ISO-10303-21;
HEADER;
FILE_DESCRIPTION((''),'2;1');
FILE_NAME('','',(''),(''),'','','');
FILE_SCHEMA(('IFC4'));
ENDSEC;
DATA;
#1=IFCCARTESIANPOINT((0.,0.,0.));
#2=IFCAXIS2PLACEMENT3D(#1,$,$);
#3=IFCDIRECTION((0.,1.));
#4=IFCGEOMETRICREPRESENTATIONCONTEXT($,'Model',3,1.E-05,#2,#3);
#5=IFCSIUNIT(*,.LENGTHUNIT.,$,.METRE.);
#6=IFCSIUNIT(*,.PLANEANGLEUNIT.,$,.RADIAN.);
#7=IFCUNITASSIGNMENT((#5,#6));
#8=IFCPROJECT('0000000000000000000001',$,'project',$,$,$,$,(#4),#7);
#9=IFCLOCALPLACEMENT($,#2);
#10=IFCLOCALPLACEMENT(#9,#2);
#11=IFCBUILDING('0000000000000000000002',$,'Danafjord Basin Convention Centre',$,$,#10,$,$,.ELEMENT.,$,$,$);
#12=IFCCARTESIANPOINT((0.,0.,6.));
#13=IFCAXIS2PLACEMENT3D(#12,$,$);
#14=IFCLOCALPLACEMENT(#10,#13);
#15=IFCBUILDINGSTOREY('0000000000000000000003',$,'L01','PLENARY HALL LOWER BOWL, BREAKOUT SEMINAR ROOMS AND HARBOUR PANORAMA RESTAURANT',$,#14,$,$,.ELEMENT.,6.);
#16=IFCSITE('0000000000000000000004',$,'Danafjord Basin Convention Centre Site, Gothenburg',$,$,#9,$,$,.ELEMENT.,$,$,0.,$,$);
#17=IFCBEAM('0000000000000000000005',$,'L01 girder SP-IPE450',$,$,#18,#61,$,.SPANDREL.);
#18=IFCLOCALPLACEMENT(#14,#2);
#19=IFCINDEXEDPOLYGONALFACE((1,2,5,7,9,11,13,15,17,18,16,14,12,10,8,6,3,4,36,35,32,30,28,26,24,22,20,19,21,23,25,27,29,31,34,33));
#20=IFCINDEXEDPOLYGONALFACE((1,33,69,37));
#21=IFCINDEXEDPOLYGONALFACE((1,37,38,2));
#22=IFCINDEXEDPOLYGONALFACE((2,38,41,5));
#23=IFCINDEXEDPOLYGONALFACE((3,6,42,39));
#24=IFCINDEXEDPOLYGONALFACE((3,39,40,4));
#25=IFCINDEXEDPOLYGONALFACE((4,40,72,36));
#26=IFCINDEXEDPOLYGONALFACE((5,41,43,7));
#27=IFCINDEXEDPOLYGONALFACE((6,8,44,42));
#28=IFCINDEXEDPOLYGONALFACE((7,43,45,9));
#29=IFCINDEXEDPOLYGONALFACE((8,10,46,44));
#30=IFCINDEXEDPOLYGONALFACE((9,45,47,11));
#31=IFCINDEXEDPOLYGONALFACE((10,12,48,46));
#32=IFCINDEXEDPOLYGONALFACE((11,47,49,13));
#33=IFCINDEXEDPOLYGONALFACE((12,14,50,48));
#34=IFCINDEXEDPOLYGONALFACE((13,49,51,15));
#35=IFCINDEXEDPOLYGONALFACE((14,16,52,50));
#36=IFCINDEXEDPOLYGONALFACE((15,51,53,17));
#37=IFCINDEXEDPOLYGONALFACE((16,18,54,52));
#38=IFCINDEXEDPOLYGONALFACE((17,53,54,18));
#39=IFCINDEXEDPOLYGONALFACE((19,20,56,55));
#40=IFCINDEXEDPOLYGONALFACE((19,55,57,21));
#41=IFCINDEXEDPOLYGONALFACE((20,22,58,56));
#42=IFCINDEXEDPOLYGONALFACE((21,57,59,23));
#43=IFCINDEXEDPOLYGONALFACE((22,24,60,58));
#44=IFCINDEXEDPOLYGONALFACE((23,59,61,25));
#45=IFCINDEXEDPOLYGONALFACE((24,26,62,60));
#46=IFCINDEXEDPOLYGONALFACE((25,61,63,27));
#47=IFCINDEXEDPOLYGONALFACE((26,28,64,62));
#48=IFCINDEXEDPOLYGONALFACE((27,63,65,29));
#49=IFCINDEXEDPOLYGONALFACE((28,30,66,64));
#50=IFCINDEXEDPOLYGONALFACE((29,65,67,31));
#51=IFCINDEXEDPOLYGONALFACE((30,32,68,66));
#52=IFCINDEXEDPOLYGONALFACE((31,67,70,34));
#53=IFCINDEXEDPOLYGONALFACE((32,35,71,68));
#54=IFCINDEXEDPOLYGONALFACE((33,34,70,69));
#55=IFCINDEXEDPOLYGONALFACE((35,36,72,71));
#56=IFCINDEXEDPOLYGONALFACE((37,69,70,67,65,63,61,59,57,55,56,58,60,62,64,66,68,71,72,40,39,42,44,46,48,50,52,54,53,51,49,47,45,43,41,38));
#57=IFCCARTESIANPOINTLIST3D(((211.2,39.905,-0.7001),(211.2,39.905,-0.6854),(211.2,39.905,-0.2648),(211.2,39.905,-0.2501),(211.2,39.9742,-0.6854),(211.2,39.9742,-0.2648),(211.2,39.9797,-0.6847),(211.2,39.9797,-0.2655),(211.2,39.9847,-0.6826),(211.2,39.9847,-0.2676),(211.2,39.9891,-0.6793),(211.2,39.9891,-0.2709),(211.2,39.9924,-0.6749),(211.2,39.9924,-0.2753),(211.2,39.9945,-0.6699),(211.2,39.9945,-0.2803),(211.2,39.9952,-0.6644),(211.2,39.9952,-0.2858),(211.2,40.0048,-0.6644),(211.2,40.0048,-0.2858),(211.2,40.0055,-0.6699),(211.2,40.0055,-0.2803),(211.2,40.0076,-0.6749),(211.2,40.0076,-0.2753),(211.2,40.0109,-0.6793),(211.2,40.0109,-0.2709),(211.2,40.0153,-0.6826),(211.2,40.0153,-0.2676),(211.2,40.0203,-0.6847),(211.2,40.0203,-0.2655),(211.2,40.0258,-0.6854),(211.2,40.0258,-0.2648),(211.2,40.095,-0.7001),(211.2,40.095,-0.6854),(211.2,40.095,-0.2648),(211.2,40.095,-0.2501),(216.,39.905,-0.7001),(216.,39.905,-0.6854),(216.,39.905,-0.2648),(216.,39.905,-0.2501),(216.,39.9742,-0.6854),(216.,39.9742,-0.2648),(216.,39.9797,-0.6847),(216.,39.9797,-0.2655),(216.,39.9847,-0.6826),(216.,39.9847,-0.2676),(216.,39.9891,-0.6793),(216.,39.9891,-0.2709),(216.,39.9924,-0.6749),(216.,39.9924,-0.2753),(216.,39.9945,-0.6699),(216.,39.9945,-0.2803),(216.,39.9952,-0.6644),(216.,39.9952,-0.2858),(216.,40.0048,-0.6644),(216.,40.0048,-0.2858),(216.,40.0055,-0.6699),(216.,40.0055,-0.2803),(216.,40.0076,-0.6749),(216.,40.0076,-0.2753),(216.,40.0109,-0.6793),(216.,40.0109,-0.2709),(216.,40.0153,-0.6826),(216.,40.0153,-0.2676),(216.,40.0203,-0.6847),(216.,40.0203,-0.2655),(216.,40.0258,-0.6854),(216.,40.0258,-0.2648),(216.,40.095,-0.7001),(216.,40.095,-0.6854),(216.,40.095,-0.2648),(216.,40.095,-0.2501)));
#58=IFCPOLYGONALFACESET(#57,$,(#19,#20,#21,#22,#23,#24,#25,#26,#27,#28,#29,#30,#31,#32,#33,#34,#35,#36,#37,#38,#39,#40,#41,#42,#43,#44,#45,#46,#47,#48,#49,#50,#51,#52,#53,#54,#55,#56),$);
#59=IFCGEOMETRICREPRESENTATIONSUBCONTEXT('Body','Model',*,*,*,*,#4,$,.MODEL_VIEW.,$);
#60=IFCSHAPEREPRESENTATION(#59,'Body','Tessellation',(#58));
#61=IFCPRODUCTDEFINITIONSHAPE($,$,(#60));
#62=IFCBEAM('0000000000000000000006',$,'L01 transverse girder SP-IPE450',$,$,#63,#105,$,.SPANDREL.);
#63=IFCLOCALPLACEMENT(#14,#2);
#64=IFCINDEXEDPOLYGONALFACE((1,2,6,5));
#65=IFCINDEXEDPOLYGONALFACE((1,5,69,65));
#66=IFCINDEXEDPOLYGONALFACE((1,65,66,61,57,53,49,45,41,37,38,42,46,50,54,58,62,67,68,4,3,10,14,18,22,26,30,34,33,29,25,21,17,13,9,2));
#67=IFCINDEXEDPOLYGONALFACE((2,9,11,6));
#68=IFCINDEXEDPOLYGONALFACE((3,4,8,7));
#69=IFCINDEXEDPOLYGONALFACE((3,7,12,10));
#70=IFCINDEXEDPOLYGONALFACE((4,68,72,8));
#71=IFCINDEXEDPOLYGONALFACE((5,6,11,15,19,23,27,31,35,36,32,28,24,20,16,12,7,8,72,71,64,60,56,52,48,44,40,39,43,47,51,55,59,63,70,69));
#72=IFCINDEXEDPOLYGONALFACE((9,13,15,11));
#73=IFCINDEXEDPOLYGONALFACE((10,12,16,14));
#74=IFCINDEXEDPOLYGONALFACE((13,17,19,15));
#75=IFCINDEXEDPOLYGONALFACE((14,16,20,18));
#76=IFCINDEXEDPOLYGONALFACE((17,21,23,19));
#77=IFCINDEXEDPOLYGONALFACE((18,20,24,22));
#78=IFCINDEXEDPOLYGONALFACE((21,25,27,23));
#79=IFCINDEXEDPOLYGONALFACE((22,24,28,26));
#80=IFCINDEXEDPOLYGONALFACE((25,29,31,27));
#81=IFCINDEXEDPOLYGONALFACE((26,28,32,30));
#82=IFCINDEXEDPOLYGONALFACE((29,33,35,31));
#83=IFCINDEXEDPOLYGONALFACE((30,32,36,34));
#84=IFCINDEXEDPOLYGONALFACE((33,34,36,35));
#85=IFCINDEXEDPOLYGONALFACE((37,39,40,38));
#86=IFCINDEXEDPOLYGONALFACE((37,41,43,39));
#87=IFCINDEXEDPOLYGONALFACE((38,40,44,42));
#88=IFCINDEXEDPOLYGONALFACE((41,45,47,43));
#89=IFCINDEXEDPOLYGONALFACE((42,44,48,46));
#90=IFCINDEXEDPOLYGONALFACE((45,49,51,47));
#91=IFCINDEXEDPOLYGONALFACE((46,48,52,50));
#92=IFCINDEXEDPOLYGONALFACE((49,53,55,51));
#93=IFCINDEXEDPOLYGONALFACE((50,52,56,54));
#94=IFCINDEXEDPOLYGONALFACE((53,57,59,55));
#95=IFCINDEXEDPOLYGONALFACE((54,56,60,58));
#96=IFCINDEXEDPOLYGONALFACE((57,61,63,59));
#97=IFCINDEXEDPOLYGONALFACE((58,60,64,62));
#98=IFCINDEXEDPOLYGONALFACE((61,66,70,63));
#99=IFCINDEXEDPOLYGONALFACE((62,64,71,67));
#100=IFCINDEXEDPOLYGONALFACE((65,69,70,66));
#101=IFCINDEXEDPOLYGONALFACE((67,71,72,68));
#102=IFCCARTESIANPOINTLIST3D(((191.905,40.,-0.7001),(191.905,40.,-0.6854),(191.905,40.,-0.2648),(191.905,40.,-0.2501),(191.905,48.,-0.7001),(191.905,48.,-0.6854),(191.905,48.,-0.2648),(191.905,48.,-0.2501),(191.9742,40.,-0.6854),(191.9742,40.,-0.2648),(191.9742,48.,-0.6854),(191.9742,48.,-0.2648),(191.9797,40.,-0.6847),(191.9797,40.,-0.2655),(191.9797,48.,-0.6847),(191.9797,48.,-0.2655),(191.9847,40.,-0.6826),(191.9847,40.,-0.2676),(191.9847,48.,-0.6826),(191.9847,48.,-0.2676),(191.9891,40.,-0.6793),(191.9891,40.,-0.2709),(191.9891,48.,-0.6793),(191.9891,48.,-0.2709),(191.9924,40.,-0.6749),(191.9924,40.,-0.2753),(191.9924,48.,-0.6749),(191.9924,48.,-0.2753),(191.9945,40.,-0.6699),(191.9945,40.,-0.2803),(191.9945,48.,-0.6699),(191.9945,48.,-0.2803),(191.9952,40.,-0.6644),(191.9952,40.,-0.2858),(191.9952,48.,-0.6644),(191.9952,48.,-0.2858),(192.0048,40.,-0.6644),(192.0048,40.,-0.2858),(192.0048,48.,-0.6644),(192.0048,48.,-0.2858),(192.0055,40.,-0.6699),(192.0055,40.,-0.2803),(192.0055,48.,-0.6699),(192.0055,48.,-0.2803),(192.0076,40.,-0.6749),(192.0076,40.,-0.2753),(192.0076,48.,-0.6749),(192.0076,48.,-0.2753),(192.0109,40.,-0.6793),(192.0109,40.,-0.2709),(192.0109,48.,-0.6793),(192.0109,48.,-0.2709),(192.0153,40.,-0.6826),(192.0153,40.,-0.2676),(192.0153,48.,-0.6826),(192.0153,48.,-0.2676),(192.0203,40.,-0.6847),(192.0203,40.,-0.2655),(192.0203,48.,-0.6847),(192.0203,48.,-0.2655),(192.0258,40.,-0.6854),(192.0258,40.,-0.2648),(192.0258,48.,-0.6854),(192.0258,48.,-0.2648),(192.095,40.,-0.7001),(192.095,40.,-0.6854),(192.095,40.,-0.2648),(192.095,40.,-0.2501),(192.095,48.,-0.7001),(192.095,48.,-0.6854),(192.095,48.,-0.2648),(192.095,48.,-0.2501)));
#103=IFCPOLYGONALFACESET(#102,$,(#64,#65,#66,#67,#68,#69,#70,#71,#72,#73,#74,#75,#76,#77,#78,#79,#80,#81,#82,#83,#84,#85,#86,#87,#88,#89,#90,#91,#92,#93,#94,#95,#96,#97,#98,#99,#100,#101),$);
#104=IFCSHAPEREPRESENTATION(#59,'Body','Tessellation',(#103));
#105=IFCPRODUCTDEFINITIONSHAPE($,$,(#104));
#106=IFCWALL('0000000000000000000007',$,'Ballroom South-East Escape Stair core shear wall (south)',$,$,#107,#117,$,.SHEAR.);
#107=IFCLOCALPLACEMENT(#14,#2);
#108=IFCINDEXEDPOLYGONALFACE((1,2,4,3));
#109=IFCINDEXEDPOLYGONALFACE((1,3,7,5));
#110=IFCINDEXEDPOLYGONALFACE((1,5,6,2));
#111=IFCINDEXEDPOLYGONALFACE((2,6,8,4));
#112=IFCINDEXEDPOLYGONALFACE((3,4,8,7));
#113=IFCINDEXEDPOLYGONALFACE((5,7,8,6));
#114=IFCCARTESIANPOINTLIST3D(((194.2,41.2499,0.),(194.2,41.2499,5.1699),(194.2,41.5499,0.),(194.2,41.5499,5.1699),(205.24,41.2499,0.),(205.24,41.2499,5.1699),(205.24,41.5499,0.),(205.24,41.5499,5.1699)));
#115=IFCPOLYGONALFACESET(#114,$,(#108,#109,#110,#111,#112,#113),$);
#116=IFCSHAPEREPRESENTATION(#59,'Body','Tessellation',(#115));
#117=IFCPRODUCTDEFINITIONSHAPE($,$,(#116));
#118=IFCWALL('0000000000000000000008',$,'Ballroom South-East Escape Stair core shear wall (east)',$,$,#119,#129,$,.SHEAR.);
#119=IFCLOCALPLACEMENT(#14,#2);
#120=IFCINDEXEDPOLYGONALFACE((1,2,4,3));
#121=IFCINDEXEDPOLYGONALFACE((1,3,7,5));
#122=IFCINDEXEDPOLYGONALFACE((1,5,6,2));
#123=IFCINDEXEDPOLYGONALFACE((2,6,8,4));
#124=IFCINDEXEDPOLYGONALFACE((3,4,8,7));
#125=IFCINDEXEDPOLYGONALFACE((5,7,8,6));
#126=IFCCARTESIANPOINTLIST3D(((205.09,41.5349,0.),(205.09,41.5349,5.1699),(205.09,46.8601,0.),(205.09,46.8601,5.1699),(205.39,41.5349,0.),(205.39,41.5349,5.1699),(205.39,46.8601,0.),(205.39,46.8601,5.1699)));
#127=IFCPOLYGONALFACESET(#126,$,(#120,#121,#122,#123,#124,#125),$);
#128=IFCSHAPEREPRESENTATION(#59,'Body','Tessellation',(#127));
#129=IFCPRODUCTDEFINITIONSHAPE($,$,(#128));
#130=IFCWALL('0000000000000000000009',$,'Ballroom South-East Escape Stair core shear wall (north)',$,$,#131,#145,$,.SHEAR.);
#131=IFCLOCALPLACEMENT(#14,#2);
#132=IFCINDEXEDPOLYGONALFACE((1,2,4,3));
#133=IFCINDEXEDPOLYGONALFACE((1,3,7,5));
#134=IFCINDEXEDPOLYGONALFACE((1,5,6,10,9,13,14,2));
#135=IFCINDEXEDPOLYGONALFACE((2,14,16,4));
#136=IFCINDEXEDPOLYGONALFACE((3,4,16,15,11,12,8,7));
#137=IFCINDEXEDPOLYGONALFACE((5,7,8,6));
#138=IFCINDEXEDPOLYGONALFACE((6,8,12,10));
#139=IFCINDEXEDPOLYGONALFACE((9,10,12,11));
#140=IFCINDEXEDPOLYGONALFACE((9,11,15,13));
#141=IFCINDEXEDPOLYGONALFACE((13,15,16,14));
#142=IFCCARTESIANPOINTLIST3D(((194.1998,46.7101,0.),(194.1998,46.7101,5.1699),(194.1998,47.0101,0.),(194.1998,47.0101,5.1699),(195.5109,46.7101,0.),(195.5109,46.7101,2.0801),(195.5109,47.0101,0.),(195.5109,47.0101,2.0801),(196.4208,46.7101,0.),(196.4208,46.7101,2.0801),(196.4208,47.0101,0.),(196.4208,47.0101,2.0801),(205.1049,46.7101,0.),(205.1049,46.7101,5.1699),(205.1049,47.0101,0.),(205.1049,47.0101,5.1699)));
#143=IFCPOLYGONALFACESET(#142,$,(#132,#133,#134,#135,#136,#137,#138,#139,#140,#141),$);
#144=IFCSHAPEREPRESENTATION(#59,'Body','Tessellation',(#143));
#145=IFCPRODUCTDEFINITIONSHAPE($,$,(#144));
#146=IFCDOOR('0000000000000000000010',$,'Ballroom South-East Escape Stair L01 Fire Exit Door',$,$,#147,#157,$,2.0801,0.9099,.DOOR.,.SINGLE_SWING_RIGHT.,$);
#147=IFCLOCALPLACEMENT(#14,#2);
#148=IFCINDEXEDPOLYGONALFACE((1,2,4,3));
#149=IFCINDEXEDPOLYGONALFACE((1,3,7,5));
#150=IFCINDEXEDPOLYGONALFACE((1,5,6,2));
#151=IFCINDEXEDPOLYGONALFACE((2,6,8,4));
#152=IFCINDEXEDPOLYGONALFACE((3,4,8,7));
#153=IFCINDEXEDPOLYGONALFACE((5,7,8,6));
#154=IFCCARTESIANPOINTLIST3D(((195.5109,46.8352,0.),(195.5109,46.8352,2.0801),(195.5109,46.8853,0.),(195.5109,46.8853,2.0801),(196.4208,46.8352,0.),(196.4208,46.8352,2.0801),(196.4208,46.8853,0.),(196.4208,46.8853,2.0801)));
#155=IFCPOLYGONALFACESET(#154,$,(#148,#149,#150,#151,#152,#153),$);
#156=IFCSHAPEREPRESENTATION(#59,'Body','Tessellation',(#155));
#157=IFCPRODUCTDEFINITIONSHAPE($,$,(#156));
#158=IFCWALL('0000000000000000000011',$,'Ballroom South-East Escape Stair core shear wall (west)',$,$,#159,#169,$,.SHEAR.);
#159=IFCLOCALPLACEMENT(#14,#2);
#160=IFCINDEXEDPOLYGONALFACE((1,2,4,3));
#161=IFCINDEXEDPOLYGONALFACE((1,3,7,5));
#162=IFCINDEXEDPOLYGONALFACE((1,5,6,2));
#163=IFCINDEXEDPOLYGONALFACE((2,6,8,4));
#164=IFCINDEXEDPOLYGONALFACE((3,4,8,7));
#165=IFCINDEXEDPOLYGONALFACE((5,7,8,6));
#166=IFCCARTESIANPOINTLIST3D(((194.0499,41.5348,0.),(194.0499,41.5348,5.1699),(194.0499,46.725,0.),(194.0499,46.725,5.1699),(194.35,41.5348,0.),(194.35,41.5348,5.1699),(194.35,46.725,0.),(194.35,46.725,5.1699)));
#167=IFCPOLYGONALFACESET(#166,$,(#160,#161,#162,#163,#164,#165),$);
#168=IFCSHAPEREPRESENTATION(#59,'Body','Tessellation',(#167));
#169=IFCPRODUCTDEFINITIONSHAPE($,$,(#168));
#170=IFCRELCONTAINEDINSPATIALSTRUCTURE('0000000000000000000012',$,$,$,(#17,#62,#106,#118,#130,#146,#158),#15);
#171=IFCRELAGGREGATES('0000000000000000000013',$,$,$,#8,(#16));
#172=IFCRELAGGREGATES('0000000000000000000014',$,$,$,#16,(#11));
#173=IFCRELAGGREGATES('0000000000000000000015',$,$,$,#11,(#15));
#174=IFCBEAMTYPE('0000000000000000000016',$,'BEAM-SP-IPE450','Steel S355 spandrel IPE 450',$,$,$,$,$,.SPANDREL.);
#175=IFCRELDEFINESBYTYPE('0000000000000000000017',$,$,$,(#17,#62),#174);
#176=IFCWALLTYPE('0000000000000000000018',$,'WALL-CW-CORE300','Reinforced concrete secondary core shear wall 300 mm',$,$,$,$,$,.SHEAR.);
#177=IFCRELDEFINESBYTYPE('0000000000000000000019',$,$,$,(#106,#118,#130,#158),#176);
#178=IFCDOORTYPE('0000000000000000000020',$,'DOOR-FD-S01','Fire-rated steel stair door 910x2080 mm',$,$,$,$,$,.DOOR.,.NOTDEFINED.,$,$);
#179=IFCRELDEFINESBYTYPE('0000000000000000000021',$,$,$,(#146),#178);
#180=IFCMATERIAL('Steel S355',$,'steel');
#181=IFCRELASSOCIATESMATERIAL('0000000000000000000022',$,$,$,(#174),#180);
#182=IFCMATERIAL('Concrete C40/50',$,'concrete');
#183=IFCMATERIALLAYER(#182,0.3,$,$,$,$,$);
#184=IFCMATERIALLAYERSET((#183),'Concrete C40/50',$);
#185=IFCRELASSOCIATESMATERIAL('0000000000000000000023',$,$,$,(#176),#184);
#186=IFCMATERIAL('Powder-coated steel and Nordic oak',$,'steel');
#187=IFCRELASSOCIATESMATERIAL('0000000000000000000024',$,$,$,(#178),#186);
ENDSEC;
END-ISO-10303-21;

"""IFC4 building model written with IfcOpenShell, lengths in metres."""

from ifc_helpers import new_model, si_unit, direction, frame, frame_2d, origin, origin_2d, place, context, subcontext, project, spatial, rectangle, i_section, extrude, material, layer, layer_set, material_profile, profile_set, type_object, element, fill, save


model = new_model("IFC4")

# Units and contexts
model_context = context("Model", 3, precision=1e-05, world=origin(), true_north=direction((0.0, 1.0)))
body_context = subcontext(model_context, "Body", "Model", "MODEL_VIEW")
ifc_project = project(units=[si_unit("LENGTHUNIT", "METRE"), si_unit("PLANEANGLEUNIT", "RADIAN")], contexts=[model_context])

# Site, building, storey
site_placement = place(None, origin())
site = spatial("IfcSite", under=ifc_project, at=site_placement, Name="Danafjord Basin Convention Centre Site, Gothenburg", CompositionType="ELEMENT", RefElevation=0.0)
building_placement = place(site_placement, origin())
building = spatial("IfcBuilding", under=site, at=building_placement, Name="Danafjord Basin Convention Centre", CompositionType="ELEMENT")
storey_placement = place(building_placement, frame((0.0, 0.0, 6.0)))
storey = spatial("IfcBuildingStorey", under=building, at=storey_placement, Name="L01", Description="PLENARY HALL LOWER BOWL, BREAKOUT SEMINAR ROOMS AND HARBOUR PANORAMA RESTAURANT", CompositionType="ELEMENT", Elevation=6.0)

# Shared definitions
ifc_material_1 = material(Name="Steel S355", Category="steel")

# Beams
ifc_material_profile_1 = material_profile(ifc_material_1, i_section(OverallWidth=0.1899, OverallDepth=0.45, WebThickness=0.0095, FlangeThickness=0.0146, FilletRadius=0.021, at=origin_2d()), Name="IPE 450")
ifc_profile_set_1 = profile_set([ifc_material_profile_1], Name="Steel S355")
beam_type_1 = type_object("IfcBeamType", Name="BEAM-SP-IPE450", Description="Steel S355 spandrel IPE 450", PredefinedType="SPANDREL", material=ifc_profile_set_1)
beam_1_placement = place(storey_placement, frame((211.2, 40.0, -0.4751), z_axis=(1.0, 0.0, 0.0), x_axis=(0.0, 1.0, 0.0)))
element("IfcBeam", 1, at=beam_1_placement, inside=storey, type_object=beam_type_1, Name="L01 girder SP-IPE450", PredefinedType="SPANDREL", context=body_context, shape_type="SweptSolid", body=[
    extrude(i_section(OverallWidth=0.1899, OverallDepth=0.45, WebThickness=0.0095, FlangeThickness=0.0146, FilletRadius=0.021, at=origin_2d()), origin(), (0.0, 0.0, 1.0), 4.8),
])
beam_2_placement = place(storey_placement, frame((192.0, 40.0, -0.4751), z_axis=(0.0, 1.0, 0.0), x_axis=(-1.0, 0.0, 0.0)))
element("IfcBeam", 2, at=beam_2_placement, inside=storey, type_object=beam_type_1, Name="L01 transverse girder SP-IPE450", PredefinedType="SPANDREL", context=body_context, shape_type="SweptSolid", body=[
    extrude(i_section(OverallWidth=0.1899, OverallDepth=0.45, WebThickness=0.0095, FlangeThickness=0.0146, FilletRadius=0.021, at=origin_2d()), origin(), (0.0, 0.0, 1.0), 8.0),
])

# Walls
ifc_material_2 = material(Name="Concrete C40/50", Category="concrete")
ifc_layer_1 = layer(ifc_material_2, 0.3)
ifc_layer_set_1 = layer_set([ifc_layer_1], Name="Concrete C40/50")
wall_type_1 = type_object("IfcWallType", Name="WALL-CW-CORE300", Description="Reinforced concrete secondary core shear wall 300 mm", PredefinedType="SHEAR", material=ifc_layer_set_1)
wall_1_placement = place(storey_placement, frame((194.2, 41.3999, 0.0), z_axis=(0.0, 0.0, 1.0), x_axis=(1.0, 0.0, 0.0)))
element("IfcWall", 3, at=wall_1_placement, inside=storey, type_object=wall_type_1, Name="Ballroom South-East Escape Stair core shear wall (south)", PredefinedType="SHEAR", context=body_context, shape_type="SweptSolid", body=[
    extrude(rectangle(XDim=11.04, YDim=0.3, at=frame_2d((5.52, 0.0))), origin(), (0.0, 0.0, 1.0), 5.1699),
])
wall_2_placement = place(storey_placement, frame((205.24, 41.5349, 0.0), z_axis=(0.0, 0.0, 1.0), x_axis=(0.0, 1.0, 0.0)))
element("IfcWall", 4, at=wall_2_placement, inside=storey, type_object=wall_type_1, Name="Ballroom South-East Escape Stair core shear wall (east)", PredefinedType="SHEAR", context=body_context, shape_type="SweptSolid", body=[
    extrude(rectangle(XDim=5.3252, YDim=0.3, at=frame_2d((2.6626, 0.0))), origin(), (0.0, 0.0, 1.0), 5.1699),
])

# Wall, opening, door
wall_3_placement = place(storey_placement, frame((205.105, 46.8601, 0.0), z_axis=(0.0, 0.0, 1.0), x_axis=(-1.0, 0.0, 0.0)))
wall_3 = element("IfcWall", 5, at=wall_3_placement, inside=storey, type_object=wall_type_1, Name="Ballroom South-East Escape Stair core shear wall (north)", PredefinedType="SHEAR", context=body_context, shape_type="SweptSolid", body=[
    extrude(rectangle(XDim=10.905, YDim=0.3, at=frame_2d((5.4526, 0.0))), origin(), (0.0, 0.0, 1.0), 5.1699),
])
opening_1_placement = place(wall_3_placement, frame((8.6841, 0.0, 0.0)))
opening_1 = element("IfcOpeningElement", 6, at=opening_1_placement, cuts=wall_3, PredefinedType="OPENING", context=body_context, shape_type="SweptSolid", body=[
    extrude(rectangle(XDim=0.9099, YDim=2.0801, at=frame_2d((0.4551, 1.04))), frame((0.0, 0.1599, 0.0), z_axis=(0.0, -1.0, 0.0), x_axis=(1.0, 0.0, 0.0)), (0.0, 0.0, 1.0), 0.3201),
])
ifc_material_3 = material(Name="Powder-coated steel and Nordic oak", Category="steel")
door_type_1 = type_object("IfcDoorType", Name="DOOR-FD-S01", Description="Fire-rated steel stair door 910x2080 mm", OperationType="NOTDEFINED", PredefinedType="DOOR", material=ifc_material_3)
door_1_placement = place(opening_1_placement, origin())
door_1 = element("IfcDoor", 7, at=door_1_placement, inside=storey, type_object=door_type_1, Name="Ballroom South-East Escape Stair L01 Fire Exit Door", OperationType="SINGLE_SWING_RIGHT", OverallHeight=2.0801, OverallWidth=0.9099, PredefinedType="DOOR", context=body_context, shape_type="SweptSolid", body=[
    extrude(rectangle(XDim=0.9099, YDim=2.0801, at=frame_2d((0.4551, 1.04))), frame((0.0, 0.0249, 0.0), z_axis=(0.0, -1.0, 0.0), x_axis=(1.0, 0.0, 0.0)), (0.0, 0.0, 1.0), 0.05),
])
fill(opening_1, door_1)

# Wall
wall_4_placement = place(storey_placement, frame((194.2, 46.7251, 0.0), z_axis=(0.0, 0.0, 1.0), x_axis=(0.0, -1.0, 0.0)))
element("IfcWall", 8, at=wall_4_placement, inside=storey, type_object=wall_type_1, Name="Ballroom South-East Escape Stair core shear wall (west)", PredefinedType="SHEAR", context=body_context, shape_type="SweptSolid", body=[
    extrude(rectangle(XDim=5.1902, YDim=0.3, at=frame_2d((2.5952, 0.0))), origin(), (0.0, 0.0, 1.0), 5.1699),
])

save(model, "model.ifc")
